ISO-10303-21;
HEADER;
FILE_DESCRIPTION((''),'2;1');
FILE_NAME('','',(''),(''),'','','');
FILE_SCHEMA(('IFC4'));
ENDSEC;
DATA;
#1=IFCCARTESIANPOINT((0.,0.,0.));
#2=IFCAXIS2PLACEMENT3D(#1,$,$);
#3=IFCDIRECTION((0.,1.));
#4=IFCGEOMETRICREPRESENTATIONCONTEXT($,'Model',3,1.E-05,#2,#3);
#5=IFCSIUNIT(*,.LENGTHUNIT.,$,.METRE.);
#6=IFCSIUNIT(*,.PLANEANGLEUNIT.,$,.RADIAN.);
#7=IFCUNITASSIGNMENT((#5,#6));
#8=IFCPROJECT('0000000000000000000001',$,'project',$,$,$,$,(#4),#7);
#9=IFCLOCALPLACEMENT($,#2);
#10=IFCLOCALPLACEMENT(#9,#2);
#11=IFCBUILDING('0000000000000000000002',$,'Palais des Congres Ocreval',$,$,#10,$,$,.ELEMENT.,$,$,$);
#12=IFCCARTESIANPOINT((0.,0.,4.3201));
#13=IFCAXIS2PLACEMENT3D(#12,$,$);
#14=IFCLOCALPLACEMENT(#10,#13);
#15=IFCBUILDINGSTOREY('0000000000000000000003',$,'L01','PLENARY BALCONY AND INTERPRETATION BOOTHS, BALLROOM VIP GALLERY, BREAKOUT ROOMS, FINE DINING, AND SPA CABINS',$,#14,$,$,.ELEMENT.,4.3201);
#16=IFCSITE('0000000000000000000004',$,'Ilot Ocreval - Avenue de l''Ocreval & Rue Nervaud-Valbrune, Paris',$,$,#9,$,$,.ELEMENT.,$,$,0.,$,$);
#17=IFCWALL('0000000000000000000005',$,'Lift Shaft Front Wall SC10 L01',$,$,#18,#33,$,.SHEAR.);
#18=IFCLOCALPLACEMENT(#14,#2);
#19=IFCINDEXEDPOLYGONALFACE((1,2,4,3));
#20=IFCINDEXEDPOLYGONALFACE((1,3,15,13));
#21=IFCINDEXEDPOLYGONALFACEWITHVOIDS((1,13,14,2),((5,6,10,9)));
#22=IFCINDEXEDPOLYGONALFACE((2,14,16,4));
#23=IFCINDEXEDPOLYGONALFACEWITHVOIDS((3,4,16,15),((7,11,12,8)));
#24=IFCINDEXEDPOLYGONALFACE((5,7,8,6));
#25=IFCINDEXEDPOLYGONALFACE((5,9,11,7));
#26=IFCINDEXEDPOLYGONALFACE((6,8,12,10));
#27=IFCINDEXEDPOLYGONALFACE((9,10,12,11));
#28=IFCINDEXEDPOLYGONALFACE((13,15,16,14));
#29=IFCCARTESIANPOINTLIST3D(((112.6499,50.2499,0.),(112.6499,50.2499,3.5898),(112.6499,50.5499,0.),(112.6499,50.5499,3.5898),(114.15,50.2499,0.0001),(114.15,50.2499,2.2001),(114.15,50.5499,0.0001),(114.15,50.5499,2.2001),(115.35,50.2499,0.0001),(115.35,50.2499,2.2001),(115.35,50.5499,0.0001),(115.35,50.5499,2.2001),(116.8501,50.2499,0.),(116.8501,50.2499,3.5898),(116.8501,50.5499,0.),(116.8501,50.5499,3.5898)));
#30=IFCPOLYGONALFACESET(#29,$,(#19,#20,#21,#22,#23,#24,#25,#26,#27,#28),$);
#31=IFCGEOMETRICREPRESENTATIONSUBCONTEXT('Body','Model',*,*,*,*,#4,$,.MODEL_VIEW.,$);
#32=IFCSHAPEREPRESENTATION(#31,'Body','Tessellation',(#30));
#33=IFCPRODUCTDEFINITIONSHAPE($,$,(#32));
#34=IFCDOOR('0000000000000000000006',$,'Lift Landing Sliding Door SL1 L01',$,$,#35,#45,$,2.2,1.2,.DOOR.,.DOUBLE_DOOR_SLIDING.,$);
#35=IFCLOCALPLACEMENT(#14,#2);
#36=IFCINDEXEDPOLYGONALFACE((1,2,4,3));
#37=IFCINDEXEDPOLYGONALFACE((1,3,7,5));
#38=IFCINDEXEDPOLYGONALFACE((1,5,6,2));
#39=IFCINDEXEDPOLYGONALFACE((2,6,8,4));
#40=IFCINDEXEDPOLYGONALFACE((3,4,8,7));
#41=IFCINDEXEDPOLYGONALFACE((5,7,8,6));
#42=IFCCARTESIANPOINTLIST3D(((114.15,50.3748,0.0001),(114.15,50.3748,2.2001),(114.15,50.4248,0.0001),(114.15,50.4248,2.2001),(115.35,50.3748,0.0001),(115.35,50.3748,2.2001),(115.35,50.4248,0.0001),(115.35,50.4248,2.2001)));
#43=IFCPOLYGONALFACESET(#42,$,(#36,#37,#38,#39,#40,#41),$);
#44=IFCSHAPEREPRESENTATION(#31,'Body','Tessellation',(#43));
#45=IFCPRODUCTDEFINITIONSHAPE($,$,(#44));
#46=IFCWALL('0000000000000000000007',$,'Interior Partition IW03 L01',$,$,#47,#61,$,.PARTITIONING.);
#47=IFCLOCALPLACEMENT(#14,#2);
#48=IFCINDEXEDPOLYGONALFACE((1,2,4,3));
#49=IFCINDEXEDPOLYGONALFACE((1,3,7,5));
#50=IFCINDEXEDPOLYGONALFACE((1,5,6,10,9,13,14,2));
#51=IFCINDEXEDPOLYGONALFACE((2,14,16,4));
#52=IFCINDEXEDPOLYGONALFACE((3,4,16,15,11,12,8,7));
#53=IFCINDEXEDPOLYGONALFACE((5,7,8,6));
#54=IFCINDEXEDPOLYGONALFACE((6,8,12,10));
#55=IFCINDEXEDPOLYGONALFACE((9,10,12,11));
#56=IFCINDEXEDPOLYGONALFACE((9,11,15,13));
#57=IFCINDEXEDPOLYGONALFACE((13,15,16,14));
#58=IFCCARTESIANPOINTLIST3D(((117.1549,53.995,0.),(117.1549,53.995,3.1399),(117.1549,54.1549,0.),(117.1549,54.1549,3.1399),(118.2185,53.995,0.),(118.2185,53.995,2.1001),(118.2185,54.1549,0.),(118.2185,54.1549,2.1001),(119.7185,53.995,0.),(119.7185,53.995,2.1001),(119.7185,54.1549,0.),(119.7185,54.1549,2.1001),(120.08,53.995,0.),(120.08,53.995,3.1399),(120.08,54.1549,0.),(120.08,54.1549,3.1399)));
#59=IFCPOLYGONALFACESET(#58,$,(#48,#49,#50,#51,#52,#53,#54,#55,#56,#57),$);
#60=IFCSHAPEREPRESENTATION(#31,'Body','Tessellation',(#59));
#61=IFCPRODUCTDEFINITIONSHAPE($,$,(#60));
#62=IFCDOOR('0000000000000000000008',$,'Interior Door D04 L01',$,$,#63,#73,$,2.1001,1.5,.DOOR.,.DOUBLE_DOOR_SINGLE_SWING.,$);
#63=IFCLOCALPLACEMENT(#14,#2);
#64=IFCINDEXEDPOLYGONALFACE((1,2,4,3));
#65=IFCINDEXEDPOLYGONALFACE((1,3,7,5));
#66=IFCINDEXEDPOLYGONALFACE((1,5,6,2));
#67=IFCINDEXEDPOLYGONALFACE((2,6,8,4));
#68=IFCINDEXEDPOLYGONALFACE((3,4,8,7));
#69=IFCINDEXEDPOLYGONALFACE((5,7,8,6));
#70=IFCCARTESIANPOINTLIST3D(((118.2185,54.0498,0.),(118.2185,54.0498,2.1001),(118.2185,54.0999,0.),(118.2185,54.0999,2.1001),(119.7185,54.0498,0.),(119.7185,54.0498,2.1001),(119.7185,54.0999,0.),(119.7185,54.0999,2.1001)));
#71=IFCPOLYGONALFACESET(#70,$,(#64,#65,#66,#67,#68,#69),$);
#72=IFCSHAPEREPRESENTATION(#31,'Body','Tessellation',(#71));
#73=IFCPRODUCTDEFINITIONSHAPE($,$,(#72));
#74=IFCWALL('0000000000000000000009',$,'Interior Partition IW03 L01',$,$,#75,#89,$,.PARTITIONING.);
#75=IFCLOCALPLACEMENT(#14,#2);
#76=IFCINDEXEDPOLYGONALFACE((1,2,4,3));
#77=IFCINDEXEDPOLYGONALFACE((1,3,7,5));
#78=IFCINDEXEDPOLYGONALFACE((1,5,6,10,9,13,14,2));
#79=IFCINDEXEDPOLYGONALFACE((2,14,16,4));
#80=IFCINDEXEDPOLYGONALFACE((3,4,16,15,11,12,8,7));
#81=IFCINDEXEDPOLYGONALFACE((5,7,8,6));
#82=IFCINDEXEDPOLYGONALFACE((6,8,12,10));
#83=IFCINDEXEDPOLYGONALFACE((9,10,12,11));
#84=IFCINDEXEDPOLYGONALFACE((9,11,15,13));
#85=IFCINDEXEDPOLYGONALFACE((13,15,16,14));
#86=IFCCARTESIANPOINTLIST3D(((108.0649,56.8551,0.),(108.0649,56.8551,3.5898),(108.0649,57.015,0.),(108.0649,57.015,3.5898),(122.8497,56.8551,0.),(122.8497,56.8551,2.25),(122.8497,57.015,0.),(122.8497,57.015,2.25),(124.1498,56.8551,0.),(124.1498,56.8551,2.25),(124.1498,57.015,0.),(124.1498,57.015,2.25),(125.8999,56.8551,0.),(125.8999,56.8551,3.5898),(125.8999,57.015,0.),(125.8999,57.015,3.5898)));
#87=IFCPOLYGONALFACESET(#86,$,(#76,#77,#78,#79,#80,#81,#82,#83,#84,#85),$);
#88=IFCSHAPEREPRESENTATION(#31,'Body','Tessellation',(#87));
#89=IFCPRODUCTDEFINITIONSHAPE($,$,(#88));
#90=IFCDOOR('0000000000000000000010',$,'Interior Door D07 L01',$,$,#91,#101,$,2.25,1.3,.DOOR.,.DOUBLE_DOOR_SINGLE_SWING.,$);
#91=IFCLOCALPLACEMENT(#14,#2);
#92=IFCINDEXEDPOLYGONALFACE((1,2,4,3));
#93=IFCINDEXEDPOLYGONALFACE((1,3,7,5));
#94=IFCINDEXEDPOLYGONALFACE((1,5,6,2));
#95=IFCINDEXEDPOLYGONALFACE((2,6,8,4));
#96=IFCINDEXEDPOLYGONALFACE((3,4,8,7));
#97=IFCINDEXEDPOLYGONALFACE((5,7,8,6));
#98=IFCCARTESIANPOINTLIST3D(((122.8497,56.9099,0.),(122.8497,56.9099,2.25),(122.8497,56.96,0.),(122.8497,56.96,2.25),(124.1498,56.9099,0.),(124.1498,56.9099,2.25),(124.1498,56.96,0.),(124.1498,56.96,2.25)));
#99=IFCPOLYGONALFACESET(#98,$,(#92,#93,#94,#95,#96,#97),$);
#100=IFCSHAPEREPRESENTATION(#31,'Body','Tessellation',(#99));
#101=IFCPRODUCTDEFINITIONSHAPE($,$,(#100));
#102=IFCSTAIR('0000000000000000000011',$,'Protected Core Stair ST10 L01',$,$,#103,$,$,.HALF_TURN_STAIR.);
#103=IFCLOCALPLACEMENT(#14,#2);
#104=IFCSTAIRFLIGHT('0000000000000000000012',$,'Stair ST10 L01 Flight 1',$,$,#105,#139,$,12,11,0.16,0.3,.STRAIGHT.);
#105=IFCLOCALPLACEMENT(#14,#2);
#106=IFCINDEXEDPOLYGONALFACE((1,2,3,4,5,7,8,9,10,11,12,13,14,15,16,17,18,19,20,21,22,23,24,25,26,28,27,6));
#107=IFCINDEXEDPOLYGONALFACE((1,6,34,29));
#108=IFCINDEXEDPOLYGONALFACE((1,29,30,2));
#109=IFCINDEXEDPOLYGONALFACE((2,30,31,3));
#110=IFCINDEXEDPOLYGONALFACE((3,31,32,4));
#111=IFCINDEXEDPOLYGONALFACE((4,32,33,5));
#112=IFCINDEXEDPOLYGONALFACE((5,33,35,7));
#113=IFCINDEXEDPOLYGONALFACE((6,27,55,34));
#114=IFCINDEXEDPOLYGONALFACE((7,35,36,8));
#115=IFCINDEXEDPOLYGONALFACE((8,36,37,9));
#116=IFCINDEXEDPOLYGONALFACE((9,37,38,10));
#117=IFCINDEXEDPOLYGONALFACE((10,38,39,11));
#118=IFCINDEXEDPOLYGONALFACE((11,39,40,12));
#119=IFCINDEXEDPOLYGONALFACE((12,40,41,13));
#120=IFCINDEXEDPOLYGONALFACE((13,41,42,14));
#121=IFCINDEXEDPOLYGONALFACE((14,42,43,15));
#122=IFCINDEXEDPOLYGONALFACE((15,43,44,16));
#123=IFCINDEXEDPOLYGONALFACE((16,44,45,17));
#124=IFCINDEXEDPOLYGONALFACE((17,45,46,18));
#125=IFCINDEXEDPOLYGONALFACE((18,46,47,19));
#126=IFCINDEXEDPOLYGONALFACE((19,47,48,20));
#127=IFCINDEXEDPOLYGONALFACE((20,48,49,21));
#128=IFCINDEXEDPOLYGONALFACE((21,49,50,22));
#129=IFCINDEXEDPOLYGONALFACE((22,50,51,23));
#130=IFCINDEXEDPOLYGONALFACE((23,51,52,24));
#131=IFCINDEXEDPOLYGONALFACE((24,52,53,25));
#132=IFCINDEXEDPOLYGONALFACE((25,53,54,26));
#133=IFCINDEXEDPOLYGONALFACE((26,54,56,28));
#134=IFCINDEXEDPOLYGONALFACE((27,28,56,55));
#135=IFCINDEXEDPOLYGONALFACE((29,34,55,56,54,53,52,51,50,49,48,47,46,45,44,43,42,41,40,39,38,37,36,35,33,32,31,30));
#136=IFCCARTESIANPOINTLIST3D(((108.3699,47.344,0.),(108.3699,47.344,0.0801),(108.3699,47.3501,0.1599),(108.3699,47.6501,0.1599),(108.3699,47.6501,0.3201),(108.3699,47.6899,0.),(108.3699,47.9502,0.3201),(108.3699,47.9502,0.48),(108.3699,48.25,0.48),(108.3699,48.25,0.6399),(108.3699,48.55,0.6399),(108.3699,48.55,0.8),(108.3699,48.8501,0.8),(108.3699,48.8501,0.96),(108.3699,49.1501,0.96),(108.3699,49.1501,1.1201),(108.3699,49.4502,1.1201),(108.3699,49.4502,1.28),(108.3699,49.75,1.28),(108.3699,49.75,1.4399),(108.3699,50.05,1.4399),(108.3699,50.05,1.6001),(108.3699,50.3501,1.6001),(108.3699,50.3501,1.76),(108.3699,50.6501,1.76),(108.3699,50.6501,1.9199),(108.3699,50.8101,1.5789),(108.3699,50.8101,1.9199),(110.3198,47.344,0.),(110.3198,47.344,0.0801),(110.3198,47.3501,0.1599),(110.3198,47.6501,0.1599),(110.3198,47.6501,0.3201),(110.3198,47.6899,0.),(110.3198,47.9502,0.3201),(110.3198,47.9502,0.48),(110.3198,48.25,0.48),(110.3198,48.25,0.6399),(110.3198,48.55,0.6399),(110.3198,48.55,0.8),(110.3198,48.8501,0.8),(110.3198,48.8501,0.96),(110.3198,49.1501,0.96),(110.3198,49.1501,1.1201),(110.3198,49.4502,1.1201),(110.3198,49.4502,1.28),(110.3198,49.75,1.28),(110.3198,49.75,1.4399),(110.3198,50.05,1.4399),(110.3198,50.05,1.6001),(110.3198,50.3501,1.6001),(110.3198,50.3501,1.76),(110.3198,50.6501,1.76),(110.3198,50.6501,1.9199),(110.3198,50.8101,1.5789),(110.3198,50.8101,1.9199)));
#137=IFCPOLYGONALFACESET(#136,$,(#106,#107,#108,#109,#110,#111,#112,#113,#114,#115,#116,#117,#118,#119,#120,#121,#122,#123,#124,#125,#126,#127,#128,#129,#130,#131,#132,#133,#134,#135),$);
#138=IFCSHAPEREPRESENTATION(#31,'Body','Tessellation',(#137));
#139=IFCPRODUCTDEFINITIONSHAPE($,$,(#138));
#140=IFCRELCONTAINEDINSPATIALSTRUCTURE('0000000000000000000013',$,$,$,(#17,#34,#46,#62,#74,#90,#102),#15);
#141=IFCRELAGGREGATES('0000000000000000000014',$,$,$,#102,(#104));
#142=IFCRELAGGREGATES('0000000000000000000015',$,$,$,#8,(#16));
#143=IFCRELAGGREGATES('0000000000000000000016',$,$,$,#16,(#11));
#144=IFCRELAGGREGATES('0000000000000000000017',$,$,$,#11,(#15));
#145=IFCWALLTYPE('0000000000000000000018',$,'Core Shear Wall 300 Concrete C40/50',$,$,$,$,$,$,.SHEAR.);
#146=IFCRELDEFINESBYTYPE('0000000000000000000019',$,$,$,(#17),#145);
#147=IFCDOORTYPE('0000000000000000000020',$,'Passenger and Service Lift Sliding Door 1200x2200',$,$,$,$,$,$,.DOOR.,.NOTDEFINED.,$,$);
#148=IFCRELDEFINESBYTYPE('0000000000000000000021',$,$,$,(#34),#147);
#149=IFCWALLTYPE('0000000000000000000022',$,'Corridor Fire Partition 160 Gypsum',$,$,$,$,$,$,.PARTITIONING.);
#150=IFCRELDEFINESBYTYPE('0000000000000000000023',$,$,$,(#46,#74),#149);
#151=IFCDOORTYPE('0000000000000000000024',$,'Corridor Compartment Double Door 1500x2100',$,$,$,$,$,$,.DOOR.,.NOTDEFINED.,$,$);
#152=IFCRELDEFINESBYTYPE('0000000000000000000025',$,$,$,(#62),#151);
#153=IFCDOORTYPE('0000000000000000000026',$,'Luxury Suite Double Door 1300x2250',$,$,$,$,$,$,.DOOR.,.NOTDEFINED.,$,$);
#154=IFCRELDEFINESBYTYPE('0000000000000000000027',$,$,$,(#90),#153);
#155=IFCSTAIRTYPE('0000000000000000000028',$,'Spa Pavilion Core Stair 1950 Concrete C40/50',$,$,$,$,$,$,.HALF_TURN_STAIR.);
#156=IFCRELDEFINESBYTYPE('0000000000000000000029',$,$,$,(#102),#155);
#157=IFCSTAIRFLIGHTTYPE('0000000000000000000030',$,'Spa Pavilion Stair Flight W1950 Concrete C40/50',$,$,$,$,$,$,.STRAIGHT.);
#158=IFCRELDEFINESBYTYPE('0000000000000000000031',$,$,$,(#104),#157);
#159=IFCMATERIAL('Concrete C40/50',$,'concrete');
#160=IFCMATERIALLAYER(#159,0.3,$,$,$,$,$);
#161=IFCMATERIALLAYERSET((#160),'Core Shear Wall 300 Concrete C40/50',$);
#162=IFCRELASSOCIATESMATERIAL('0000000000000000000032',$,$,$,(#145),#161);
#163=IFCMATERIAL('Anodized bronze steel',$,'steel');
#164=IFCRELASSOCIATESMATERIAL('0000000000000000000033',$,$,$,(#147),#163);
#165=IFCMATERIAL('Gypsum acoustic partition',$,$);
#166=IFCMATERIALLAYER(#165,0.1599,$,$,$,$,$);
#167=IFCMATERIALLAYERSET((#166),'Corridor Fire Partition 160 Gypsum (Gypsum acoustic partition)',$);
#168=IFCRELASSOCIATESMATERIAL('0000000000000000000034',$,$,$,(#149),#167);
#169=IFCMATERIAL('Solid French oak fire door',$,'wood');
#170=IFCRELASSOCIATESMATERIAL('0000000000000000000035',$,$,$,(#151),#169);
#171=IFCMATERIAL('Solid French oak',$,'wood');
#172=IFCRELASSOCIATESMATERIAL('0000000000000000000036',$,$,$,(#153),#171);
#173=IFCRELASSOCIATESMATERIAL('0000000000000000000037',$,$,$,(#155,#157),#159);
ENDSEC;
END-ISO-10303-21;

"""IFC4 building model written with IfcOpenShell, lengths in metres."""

from ifc_helpers import new_model, si_unit, direction, frame, frame_2d, origin, place, context, subcontext, project, spatial, polyline, rectangle, outline, extrude, material, layer, layer_set, type_object, element, fill, aggregate, save


model = new_model("IFC4")

# Units and contexts
model_context = context("Model", 3, precision=1e-05, world=origin(), true_north=direction((0.0, 1.0)))
body_context = subcontext(model_context, "Body", "Model", "MODEL_VIEW")
ifc_project = project(units=[si_unit("LENGTHUNIT", "METRE"), si_unit("PLANEANGLEUNIT", "RADIAN")], contexts=[model_context])

# Site, building, storey
site_placement = place(None, origin())
site = spatial("IfcSite", under=ifc_project, at=site_placement, Name="Ilot Ocreval - Avenue de l'Ocreval & Rue Nervaud-Valbrune, Paris", CompositionType="ELEMENT", RefElevation=0.0)
building_placement = place(site_placement, origin())
building = spatial("IfcBuilding", under=site, at=building_placement, Name="Palais des Congres Ocreval", CompositionType="ELEMENT")
storey_placement = place(building_placement, frame((0.0, 0.0, 4.3201)))
storey = spatial("IfcBuildingStorey", under=building, at=storey_placement, Name="L01", Description="PLENARY BALCONY AND INTERPRETATION BOOTHS, BALLROOM VIP GALLERY, BREAKOUT ROOMS, FINE DINING, AND SPA CABINS", CompositionType="ELEMENT", Elevation=4.3201)

# Walls, openings, doors
ifc_material_1 = material(Name="Concrete C40/50", Category="concrete")
ifc_layer_1 = layer(ifc_material_1, 0.3)
ifc_layer_set_1 = layer_set([ifc_layer_1], Name="Core Shear Wall 300 Concrete C40/50")
wall_type_1 = type_object("IfcWallType", Name="Core Shear Wall 300 Concrete C40/50", PredefinedType="SHEAR", material=ifc_layer_set_1)
wall_1_placement = place(storey_placement, frame((112.6499, 50.3999, 0.0), z_axis=(0.0, 0.0, 1.0), x_axis=(1.0, 0.0, 0.0)))
wall_1 = element("IfcWall", 1, at=wall_1_placement, inside=storey, type_object=wall_type_1, Name="Lift Shaft Front Wall SC10 L01", PredefinedType="SHEAR", context=body_context, shape_type="SweptSolid", body=[
    extrude(rectangle(XDim=4.2002, YDim=0.3, at=frame_2d((2.1001, 0.0))), origin(), (0.0, 0.0, 1.0), 3.5898),
])
opening_1_placement = place(wall_1_placement, frame((1.5, 0.0, 0.0)))
opening_1 = element("IfcOpeningElement", 2, at=opening_1_placement, cuts=wall_1, PredefinedType="OPENING", context=body_context, shape_type="SweptSolid", body=[
    extrude(rectangle(XDim=1.2, YDim=2.2, at=frame_2d((0.6001, 1.1001))), frame((0.0, 0.1599, 0.0), z_axis=(0.0, -1.0, 0.0), x_axis=(1.0, 0.0, 0.0)), (0.0, 0.0, 1.0), 0.3201),
])
ifc_material_2 = material(Name="Anodized bronze steel", Category="steel")
door_type_1 = type_object("IfcDoorType", Name="Passenger and Service Lift Sliding Door 1200x2200", OperationType="NOTDEFINED", PredefinedType="DOOR", material=ifc_material_2)
door_1_placement = place(opening_1_placement, origin())
door_1 = element("IfcDoor", 3, at=door_1_placement, inside=storey, type_object=door_type_1, Name="Lift Landing Sliding Door SL1 L01", OperationType="DOUBLE_DOOR_SLIDING", OverallHeight=2.2, OverallWidth=1.2, PredefinedType="DOOR", context=body_context, shape_type="SweptSolid", body=[
    extrude(rectangle(XDim=1.2, YDim=2.2, at=frame_2d((0.6001, 1.1001))), frame((0.0, 0.0249, 0.0), z_axis=(0.0, -1.0, 0.0), x_axis=(1.0, 0.0, 0.0)), (0.0, 0.0, 1.0), 0.05),
])
fill(opening_1, door_1)
ifc_material_3 = material(Name="Gypsum acoustic partition")
ifc_layer_2 = layer(ifc_material_3, 0.1599)
ifc_layer_set_2 = layer_set([ifc_layer_2], Name="Corridor Fire Partition 160 Gypsum (Gypsum acoustic partition)")
wall_type_2 = type_object("IfcWallType", Name="Corridor Fire Partition 160 Gypsum", PredefinedType="PARTITIONING", material=ifc_layer_set_2)
wall_2_placement = place(storey_placement, frame((117.155, 54.075, 0.0), z_axis=(0.0, 0.0, 1.0), x_axis=(1.0, 0.0, 0.0)))
wall_2 = element("IfcWall", 4, at=wall_2_placement, inside=storey, type_object=wall_type_2, Name="Interior Partition IW03 L01", PredefinedType="PARTITIONING", context=body_context, shape_type="SweptSolid", body=[
    extrude(rectangle(XDim=2.925, YDim=0.1599, at=frame_2d((1.4624, 0.0))), origin(), (0.0, 0.0, 1.0), 3.1399),
])
opening_2_placement = place(wall_2_placement, frame((1.0635, 0.0, 0.0)))
opening_2 = element("IfcOpeningElement", 5, at=opening_2_placement, cuts=wall_2, PredefinedType="OPENING", context=body_context, shape_type="SweptSolid", body=[
    extrude(rectangle(XDim=1.5, YDim=2.1001, at=frame_2d((0.75, 1.05))), frame((0.0, 0.0898, 0.0), z_axis=(0.0, -1.0, 0.0), x_axis=(1.0, 0.0, 0.0)), (0.0, 0.0, 1.0), 0.1799),
])
ifc_material_4 = material(Name="Solid French oak fire door", Category="wood")
door_type_2 = type_object("IfcDoorType", Name="Corridor Compartment Double Door 1500x2100", OperationType="NOTDEFINED", PredefinedType="DOOR", material=ifc_material_4)
door_2_placement = place(opening_2_placement, origin())
door_2 = element("IfcDoor", 6, at=door_2_placement, inside=storey, type_object=door_type_2, Name="Interior Door D04 L01", OperationType="DOUBLE_DOOR_SINGLE_SWING", OverallHeight=2.1001, OverallWidth=1.5, PredefinedType="DOOR", context=body_context, shape_type="SweptSolid", body=[
    extrude(rectangle(XDim=1.5, YDim=2.1001, at=frame_2d((0.75, 1.05))), frame((0.0, 0.0249, 0.0), z_axis=(0.0, -1.0, 0.0), x_axis=(1.0, 0.0, 0.0)), (0.0, 0.0, 1.0), 0.05),
])
fill(opening_2, door_2)
wall_3_placement = place(storey_placement, frame((108.0649, 56.9351, 0.0), z_axis=(0.0, 0.0, 1.0), x_axis=(1.0, 0.0, 0.0)))
wall_3 = element("IfcWall", 7, at=wall_3_placement, inside=storey, type_object=wall_type_2, Name="Interior Partition IW03 L01", PredefinedType="PARTITIONING", context=body_context, shape_type="SweptSolid", body=[
    extrude(rectangle(XDim=17.835, YDim=0.1599, at=frame_2d((8.9175, 0.0))), origin(), (0.0, 0.0, 1.0), 3.5898),
])
opening_3_placement = place(wall_3_placement, frame((14.7849, 0.0, 0.0)))
opening_3 = element("IfcOpeningElement", 8, at=opening_3_placement, cuts=wall_3, PredefinedType="OPENING", context=body_context, shape_type="SweptSolid", body=[
    extrude(rectangle(XDim=1.3, YDim=2.25, at=frame_2d((0.6499, 1.125))), frame((0.0, 0.0898, 0.0), z_axis=(0.0, -1.0, 0.0), x_axis=(1.0, 0.0, 0.0)), (0.0, 0.0, 1.0), 0.1799),
])
ifc_material_5 = material(Name="Solid French oak", Category="wood")
door_type_3 = type_object("IfcDoorType", Name="Luxury Suite Double Door 1300x2250", OperationType="NOTDEFINED", PredefinedType="DOOR", material=ifc_material_5)
door_3_placement = place(opening_3_placement, origin())
door_3 = element("IfcDoor", 9, at=door_3_placement, inside=storey, type_object=door_type_3, Name="Interior Door D07 L01", OperationType="DOUBLE_DOOR_SINGLE_SWING", OverallHeight=2.25, OverallWidth=1.3, PredefinedType="DOOR", context=body_context, shape_type="SweptSolid", body=[
    extrude(rectangle(XDim=1.3, YDim=2.25, at=frame_2d((0.6499, 1.125))), frame((0.0, 0.0249, 0.0), z_axis=(0.0, -1.0, 0.0), x_axis=(1.0, 0.0, 0.0)), (0.0, 0.0, 1.0), 0.05),
])
fill(opening_3, door_3)

# Stair, stair flight
stair_type = type_object("IfcStairType", Name="Spa Pavilion Core Stair 1950 Concrete C40/50", PredefinedType="HALF_TURN_STAIR", material=ifc_material_1)
stair_placement = place(storey_placement, origin())
stair = element("IfcStair", 10, at=stair_placement, inside=storey, type_object=stair_type, Name="Protected Core Stair ST10 L01", PredefinedType="HALF_TURN_STAIR")
stair_flight_type = type_object("IfcStairFlightType", Name="Spa Pavilion Stair Flight W1950 Concrete C40/50", PredefinedType="STRAIGHT", material=ifc_material_1)
stair_flight_1_placement = place(storey_placement, frame((109.345, 47.3501, 0.0), z_axis=(0.0, 0.0, 1.0), x_axis=(0.0, 1.0, 0.0)))
stair_flight_1 = element("IfcStairFlight", 11, at=stair_flight_1_placement, type_object=stair_flight_type, Name="Stair ST10 L01 Flight 1", NumberOfRisers=12, NumberOfTreads=11, PredefinedType="STRAIGHT", RiserHeight=0.16, TreadLength=0.3, context=body_context, shape_type="SweptSolid", body=[
    extrude(outline(polyline([(-0.0061, 0.0), (-0.0061, 0.0801), (0.0, 0.1599), (0.3, 0.1599), (0.3, 0.3201), (0.6001, 0.3201), (0.6001, 0.48), (0.8999, 0.48), (0.8999, 0.6399), (1.2, 0.6399), (1.2, 0.8), (1.5, 0.8), (1.5, 0.96), (1.8, 0.96), (1.8, 1.1201), (2.1001, 1.1201), (2.1001, 1.28), (2.3999, 1.28), (2.3999, 1.4399), (2.7, 1.4399), (2.7, 1.6001), (3.0, 1.6001), (3.0, 1.76), (3.3, 1.76), (3.3, 1.9199), (3.46, 1.9199), (3.46, 1.5789), (0.3398, 0.0), (-0.0061, 0.0)])), frame((0.0, 0.9751, 0.0), z_axis=(0.0, -1.0, 0.0), x_axis=(1.0, 0.0, 0.0)), (0.0, 0.0, 1.0), 1.95),
])
aggregate(stair, [stair_flight_1])

save(model, "model.ifc")
